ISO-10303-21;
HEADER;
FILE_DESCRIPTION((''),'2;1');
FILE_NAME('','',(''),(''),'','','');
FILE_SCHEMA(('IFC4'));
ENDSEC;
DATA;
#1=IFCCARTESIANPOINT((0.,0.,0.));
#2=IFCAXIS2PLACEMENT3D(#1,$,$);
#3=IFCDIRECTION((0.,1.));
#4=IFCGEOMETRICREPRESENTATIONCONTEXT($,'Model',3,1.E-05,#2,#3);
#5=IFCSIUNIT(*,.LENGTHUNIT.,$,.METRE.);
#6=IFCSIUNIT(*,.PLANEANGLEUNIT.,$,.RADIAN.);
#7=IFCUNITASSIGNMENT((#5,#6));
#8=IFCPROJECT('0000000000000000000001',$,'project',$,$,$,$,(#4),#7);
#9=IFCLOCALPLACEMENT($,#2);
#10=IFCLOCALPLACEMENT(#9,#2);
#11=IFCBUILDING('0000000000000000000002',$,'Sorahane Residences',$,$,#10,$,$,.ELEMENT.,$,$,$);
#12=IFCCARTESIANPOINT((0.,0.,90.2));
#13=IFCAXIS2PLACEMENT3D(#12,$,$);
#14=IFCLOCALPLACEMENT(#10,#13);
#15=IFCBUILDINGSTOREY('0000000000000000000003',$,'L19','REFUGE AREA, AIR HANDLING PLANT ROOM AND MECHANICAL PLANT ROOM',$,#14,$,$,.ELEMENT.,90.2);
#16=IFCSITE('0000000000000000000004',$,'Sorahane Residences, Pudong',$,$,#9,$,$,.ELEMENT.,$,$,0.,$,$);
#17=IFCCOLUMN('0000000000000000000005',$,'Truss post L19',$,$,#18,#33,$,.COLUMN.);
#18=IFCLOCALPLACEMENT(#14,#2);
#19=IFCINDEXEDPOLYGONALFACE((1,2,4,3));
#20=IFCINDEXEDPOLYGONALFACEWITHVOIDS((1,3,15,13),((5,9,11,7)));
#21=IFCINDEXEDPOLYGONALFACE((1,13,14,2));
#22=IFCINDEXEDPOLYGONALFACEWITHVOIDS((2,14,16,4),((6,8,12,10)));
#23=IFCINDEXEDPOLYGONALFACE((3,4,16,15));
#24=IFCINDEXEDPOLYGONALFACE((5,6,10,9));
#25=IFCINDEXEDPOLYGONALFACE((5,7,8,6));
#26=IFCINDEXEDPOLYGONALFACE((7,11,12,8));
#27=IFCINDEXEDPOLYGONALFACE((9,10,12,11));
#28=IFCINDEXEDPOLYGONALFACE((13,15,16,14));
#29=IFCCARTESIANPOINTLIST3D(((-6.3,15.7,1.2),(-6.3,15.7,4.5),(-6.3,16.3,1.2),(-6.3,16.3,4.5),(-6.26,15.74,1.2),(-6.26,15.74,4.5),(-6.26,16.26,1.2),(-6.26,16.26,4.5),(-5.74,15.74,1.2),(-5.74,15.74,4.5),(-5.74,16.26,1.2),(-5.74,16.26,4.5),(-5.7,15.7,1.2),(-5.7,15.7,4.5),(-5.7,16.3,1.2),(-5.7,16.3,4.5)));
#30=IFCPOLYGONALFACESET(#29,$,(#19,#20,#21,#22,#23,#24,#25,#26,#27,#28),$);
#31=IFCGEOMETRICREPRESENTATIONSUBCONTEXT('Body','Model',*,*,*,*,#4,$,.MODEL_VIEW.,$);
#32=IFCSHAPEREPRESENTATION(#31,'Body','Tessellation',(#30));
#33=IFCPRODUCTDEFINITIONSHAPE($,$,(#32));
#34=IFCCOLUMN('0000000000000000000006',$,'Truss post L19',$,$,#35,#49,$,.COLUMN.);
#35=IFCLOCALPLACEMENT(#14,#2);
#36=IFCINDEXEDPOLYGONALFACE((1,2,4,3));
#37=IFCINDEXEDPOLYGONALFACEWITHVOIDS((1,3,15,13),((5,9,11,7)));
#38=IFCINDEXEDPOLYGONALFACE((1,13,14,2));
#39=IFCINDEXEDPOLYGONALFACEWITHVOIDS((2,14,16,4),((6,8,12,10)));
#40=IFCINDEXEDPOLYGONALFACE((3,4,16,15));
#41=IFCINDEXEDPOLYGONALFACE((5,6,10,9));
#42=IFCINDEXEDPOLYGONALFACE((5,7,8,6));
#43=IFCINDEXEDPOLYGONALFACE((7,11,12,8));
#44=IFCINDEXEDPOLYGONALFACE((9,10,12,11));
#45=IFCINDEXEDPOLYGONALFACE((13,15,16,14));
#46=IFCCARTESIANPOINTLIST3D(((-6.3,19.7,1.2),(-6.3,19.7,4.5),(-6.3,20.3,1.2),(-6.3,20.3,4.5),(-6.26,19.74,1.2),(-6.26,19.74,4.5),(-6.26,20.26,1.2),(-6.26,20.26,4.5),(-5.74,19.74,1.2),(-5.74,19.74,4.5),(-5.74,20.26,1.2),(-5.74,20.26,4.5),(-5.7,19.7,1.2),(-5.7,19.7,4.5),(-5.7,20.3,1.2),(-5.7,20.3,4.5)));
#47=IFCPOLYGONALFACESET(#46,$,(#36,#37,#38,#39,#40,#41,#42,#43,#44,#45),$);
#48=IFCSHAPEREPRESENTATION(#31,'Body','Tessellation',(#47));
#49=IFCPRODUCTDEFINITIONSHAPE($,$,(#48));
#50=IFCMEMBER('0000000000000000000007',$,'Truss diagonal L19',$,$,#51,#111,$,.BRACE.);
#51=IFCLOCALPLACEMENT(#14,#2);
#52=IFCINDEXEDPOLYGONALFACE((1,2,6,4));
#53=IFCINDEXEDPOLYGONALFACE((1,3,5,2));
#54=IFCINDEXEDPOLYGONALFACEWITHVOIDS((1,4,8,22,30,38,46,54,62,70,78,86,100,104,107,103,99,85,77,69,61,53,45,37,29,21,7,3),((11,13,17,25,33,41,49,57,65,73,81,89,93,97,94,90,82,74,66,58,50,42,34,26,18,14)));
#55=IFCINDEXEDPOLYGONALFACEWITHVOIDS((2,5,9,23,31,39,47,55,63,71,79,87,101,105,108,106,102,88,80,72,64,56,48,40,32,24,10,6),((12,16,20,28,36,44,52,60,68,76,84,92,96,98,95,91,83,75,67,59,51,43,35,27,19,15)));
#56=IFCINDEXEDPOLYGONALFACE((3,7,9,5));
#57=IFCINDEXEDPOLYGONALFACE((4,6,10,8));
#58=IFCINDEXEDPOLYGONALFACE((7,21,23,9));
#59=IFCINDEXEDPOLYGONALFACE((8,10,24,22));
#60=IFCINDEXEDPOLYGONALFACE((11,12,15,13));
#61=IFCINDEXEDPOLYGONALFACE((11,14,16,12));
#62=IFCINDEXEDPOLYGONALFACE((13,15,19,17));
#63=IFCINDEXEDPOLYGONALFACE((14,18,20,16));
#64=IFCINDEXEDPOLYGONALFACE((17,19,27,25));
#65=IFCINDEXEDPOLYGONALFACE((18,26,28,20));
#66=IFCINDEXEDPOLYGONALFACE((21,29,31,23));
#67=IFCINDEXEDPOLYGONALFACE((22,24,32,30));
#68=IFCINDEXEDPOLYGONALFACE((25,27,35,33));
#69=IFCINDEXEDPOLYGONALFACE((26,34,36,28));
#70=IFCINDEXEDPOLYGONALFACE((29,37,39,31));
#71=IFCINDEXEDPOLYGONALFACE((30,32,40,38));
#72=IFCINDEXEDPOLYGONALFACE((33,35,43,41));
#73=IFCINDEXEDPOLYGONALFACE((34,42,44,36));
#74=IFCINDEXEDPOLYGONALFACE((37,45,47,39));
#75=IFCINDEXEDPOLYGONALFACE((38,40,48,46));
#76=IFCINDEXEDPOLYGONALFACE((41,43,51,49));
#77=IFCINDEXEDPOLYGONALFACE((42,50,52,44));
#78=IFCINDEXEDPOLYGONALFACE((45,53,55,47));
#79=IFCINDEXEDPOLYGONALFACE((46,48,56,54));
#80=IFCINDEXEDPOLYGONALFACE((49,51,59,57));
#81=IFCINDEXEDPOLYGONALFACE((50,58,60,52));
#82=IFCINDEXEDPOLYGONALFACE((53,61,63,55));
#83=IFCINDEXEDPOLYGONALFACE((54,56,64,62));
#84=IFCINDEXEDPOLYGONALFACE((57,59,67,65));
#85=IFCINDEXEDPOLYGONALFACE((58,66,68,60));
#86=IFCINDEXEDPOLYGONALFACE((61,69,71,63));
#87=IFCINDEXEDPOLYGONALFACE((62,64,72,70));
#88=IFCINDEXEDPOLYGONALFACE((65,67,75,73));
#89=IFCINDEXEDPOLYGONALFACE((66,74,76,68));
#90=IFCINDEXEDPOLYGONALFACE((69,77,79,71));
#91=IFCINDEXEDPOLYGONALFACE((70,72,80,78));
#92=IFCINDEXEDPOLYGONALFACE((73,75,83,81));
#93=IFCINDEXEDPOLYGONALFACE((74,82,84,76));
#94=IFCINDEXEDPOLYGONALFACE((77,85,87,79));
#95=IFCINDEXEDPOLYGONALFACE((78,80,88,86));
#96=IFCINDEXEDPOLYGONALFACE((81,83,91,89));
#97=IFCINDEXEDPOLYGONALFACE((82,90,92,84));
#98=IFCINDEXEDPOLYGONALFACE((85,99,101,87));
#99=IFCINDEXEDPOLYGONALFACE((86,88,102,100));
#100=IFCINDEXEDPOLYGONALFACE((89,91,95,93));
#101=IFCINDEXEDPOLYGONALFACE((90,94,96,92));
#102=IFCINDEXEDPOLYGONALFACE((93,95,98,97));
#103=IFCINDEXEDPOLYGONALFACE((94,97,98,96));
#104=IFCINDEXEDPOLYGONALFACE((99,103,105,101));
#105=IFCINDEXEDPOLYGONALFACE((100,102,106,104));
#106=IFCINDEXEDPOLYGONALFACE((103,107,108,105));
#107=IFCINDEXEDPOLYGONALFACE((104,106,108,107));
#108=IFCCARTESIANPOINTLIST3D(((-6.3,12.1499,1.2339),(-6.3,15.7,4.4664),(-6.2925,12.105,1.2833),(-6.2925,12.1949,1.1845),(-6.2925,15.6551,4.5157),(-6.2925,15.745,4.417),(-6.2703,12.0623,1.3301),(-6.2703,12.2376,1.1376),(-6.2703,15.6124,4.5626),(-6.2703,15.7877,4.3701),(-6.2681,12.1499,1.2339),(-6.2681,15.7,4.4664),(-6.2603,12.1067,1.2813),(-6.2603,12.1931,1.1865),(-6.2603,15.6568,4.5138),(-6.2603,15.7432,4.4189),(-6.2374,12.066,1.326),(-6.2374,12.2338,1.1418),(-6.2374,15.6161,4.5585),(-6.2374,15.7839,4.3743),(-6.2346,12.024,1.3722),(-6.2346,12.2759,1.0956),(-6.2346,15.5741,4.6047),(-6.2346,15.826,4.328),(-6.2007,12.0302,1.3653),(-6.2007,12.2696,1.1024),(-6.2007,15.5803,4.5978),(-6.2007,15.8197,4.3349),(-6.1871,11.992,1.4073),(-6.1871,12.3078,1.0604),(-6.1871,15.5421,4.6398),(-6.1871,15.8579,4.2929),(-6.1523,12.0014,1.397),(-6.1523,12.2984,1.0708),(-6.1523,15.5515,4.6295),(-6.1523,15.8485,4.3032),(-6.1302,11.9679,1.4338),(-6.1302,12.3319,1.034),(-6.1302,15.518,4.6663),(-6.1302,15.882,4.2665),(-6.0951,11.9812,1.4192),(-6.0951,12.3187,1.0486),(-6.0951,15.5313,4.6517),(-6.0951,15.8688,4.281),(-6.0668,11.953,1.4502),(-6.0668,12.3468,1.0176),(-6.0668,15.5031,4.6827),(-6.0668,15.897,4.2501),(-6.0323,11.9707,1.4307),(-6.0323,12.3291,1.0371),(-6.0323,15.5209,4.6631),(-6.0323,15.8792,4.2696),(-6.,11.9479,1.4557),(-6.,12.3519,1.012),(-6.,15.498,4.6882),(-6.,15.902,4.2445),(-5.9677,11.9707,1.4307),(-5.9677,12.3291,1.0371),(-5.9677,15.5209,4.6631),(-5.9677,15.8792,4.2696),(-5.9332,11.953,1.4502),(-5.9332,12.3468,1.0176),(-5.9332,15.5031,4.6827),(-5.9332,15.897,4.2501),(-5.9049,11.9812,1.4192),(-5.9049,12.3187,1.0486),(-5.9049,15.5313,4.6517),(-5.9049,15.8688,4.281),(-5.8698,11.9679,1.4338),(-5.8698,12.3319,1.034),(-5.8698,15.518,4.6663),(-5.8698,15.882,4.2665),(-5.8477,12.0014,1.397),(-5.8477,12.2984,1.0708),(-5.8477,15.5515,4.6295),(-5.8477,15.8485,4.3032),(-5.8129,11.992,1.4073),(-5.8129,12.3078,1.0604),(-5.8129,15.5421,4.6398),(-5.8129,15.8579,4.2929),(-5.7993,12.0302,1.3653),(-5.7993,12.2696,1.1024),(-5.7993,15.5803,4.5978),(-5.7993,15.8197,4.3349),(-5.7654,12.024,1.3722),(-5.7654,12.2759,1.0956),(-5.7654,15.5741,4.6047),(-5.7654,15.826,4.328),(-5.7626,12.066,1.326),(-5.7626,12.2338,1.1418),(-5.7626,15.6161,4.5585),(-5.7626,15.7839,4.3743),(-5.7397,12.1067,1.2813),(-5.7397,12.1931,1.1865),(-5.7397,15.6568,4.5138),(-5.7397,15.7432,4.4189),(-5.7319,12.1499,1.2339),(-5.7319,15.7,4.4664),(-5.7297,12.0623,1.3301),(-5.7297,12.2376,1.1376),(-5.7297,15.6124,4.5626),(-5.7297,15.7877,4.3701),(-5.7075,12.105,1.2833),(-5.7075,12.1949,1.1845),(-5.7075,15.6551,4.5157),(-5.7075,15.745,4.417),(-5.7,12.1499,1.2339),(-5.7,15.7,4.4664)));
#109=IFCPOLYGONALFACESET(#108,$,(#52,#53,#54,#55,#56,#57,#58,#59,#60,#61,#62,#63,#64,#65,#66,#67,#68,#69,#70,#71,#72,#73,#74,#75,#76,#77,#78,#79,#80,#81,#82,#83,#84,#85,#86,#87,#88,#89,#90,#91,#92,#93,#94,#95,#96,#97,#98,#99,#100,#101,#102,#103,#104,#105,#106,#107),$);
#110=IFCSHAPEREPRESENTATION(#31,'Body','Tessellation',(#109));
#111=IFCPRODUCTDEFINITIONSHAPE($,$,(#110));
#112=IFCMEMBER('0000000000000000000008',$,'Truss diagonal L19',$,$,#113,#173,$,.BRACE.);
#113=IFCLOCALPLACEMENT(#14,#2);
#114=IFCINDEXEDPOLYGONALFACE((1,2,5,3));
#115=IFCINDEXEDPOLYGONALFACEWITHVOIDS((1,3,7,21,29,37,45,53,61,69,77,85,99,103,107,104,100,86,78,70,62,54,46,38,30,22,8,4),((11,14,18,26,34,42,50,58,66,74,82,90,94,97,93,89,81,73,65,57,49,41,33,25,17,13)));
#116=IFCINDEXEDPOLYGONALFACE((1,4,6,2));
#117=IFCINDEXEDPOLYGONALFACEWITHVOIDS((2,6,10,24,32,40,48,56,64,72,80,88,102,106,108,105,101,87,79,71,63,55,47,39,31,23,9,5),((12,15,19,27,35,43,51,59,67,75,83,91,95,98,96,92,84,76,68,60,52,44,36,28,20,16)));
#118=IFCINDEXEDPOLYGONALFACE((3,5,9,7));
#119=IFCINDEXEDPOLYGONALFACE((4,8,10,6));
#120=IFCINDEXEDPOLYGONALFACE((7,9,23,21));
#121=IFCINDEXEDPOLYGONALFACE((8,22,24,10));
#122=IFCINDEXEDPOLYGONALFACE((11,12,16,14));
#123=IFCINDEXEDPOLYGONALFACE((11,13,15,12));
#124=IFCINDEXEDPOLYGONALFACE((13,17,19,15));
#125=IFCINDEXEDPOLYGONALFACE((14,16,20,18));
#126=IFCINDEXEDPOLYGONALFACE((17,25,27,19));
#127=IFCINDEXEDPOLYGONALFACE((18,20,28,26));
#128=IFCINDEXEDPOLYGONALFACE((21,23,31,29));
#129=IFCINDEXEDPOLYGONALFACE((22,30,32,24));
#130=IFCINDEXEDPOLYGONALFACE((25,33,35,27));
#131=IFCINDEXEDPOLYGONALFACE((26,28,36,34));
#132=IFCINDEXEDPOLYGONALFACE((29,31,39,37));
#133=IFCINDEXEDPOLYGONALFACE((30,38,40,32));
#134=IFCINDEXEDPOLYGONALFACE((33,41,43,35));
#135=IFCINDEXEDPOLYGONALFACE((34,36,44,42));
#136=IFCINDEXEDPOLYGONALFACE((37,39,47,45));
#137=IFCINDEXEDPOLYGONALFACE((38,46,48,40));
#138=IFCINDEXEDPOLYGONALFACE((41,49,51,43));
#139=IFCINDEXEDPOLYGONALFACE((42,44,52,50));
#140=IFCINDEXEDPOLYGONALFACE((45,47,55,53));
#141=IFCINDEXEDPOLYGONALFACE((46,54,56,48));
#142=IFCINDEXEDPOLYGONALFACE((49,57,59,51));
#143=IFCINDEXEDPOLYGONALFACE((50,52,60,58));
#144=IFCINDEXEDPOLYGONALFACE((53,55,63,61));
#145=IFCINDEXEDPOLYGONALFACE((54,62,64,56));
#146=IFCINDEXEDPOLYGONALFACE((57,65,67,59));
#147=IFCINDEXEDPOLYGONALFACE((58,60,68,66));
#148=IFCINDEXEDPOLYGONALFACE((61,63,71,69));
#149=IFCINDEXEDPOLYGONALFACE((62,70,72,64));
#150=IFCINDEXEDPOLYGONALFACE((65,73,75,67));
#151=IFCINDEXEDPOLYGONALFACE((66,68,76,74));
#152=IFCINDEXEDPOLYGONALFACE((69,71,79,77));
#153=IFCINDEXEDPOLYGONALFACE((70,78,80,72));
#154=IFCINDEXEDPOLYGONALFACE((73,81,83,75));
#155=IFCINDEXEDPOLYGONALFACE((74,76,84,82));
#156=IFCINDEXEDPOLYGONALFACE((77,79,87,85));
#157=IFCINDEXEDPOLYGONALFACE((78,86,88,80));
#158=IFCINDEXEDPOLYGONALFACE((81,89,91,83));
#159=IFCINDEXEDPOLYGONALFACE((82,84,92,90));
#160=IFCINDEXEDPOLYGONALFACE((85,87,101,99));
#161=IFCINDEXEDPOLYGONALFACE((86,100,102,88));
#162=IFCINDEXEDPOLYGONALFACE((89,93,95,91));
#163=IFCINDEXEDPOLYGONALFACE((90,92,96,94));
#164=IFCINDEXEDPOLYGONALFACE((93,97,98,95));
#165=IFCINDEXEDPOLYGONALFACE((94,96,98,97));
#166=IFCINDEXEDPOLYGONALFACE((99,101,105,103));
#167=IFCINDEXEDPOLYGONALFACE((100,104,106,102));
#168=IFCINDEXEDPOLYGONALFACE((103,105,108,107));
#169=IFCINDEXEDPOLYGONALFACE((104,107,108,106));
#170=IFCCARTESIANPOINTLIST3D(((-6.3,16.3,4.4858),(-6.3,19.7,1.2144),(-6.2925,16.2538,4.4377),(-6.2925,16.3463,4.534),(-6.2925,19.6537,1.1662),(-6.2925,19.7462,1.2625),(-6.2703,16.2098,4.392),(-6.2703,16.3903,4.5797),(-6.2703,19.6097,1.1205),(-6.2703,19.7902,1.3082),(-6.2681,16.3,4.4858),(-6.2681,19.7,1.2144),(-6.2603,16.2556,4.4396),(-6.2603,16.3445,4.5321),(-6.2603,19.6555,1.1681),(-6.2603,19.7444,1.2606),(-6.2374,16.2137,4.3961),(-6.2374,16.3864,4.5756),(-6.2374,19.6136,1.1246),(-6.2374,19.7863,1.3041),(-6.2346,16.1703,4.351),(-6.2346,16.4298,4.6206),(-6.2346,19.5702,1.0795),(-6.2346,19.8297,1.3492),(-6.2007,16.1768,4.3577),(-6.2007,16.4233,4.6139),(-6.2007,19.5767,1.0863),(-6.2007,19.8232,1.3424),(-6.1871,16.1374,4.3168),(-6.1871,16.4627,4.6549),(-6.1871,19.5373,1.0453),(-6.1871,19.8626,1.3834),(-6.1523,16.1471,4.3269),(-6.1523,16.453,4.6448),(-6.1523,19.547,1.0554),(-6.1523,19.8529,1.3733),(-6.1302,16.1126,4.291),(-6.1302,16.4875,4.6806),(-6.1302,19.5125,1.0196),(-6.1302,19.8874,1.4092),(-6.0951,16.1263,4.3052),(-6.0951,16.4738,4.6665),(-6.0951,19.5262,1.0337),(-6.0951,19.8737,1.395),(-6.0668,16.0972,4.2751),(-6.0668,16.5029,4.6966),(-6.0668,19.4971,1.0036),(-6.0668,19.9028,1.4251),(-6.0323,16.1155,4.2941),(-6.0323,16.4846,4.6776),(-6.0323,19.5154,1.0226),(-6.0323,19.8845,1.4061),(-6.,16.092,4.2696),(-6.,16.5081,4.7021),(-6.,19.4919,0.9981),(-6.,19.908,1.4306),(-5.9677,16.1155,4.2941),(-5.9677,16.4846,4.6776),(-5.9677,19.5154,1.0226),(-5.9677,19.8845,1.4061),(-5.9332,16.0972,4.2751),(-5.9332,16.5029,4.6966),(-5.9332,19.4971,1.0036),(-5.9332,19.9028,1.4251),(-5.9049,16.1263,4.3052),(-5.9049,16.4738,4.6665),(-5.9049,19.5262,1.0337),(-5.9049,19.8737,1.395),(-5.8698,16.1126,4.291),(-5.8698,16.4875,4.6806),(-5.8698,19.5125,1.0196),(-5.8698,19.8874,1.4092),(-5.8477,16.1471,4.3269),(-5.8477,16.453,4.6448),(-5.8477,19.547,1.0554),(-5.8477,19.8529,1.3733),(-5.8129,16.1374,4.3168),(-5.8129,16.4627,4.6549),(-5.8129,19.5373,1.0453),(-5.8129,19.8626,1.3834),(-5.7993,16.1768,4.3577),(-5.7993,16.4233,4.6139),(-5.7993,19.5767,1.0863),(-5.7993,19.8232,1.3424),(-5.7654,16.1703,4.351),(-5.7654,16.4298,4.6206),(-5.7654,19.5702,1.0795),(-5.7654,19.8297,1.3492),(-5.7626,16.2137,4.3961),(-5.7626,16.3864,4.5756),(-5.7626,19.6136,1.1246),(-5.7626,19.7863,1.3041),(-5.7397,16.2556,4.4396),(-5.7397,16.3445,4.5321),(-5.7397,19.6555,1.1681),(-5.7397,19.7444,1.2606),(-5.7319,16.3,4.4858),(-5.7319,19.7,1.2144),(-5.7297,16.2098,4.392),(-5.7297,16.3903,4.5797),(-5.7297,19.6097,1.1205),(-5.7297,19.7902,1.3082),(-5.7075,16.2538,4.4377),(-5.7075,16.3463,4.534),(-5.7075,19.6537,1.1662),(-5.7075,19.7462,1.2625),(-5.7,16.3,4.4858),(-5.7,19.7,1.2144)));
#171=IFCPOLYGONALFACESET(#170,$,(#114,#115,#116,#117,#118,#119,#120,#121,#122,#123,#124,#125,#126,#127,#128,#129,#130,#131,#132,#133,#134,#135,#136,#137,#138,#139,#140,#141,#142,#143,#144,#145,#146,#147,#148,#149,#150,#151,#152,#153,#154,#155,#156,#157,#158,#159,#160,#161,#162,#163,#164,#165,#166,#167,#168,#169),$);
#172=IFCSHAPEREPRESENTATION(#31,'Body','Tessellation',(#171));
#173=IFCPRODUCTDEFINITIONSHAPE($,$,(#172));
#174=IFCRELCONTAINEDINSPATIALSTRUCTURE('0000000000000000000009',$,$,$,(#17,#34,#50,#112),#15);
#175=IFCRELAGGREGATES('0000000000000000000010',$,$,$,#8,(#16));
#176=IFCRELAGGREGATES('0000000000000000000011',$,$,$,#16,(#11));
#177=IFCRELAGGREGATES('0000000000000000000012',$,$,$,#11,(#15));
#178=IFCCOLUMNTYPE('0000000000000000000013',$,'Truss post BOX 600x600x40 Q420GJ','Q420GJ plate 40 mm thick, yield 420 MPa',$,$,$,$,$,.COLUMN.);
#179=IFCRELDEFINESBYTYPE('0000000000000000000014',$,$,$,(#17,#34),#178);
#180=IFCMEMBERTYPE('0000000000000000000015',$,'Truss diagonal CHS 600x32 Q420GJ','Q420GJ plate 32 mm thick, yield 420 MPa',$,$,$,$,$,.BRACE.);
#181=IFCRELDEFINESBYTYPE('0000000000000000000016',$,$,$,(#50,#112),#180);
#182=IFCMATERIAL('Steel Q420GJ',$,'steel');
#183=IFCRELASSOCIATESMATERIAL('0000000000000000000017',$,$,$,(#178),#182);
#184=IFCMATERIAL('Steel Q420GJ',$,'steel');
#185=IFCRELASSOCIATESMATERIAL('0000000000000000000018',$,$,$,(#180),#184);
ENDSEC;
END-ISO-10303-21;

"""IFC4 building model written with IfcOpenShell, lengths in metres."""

from ifc_helpers import new_model, si_unit, direction, frame, origin, origin_2d, place, context, subcontext, project, spatial, hollow_rectangle, hollow_circle, extrude, material, material_profile, profile_set, type_object, element, save


model = new_model("IFC4")

# Units and contexts
model_context = context("Model", 3, precision=1e-05, world=origin(), true_north=direction((0.0, 1.0)))
body_context = subcontext(model_context, "Body", "Model", "MODEL_VIEW")
ifc_project = project(units=[si_unit("LENGTHUNIT", "METRE"), si_unit("PLANEANGLEUNIT", "RADIAN")], contexts=[model_context])

# Site, building, storey
site_placement = place(None, origin())
site = spatial("IfcSite", under=ifc_project, at=site_placement, Name="Sorahane Residences, Pudong", CompositionType="ELEMENT", RefElevation=0.0)
building_placement = place(site_placement, origin())
building = spatial("IfcBuilding", under=site, at=building_placement, Name="Sorahane Residences", CompositionType="ELEMENT")
storey_placement = place(building_placement, frame((0.0, 0.0, 90.2)))
storey = spatial("IfcBuildingStorey", under=building, at=storey_placement, Name="L19", Description="REFUGE AREA, AIR HANDLING PLANT ROOM AND MECHANICAL PLANT ROOM", CompositionType="ELEMENT", Elevation=90.2)

# Columns
ifc_material_1 = material(Name="Steel Q420GJ", Category="steel")
ifc_material_profile_1 = material_profile(ifc_material_1, hollow_rectangle(XDim=0.6001, YDim=0.6001, WallThickness=0.04, at=origin_2d()), Name="BOX 600x600x40")
ifc_profile_set_1 = profile_set([ifc_material_profile_1], Name="Steel Q420GJ")
column_type = type_object("IfcColumnType", Name="Truss post BOX 600x600x40 Q420GJ", Description="Q420GJ plate 40 mm thick, yield 420 MPa", PredefinedType="COLUMN", material=ifc_profile_set_1)
for number, where, z_axis, x_axis, name in (
    (1, (-6.0, 16.0, 1.2), (0.0, 0.0, 1.0), (1.0, 0.0, 0.0), "Truss post L19"),
    (2, (-6.0, 20.0, 1.2), (0.0, 0.0, 1.0), (1.0, 0.0, 0.0), "Truss post L19"),
):
    element("IfcColumn", number, at=place(storey_placement, frame(where, z_axis=z_axis, x_axis=x_axis)), inside=storey, type_object=column_type, Name=name, PredefinedType="COLUMN", context=body_context, shape_type="SweptSolid", body=[
        extrude(hollow_rectangle(XDim=0.6001, YDim=0.6001, WallThickness=0.04, at=origin_2d()), origin(), (0.0, 0.0, 1.0), 3.3),
    ])

# Members
ifc_material_2 = material(Name="Steel Q420GJ", Category="steel")
ifc_material_profile_2 = material_profile(ifc_material_2, hollow_circle(Radius=0.3, WallThickness=0.032, at=origin_2d()), Name="CHS 600x32")
ifc_profile_set_2 = profile_set([ifc_material_profile_2], Name="Steel Q420GJ")
member_type = type_object("IfcMemberType", Name="Truss diagonal CHS 600x32 Q420GJ", Description="Q420GJ plate 32 mm thick, yield 420 MPa", PredefinedType="BRACE", material=ifc_profile_set_2)
member_1_placement = place(storey_placement, frame((-6.0, 12.1499, 1.2339), z_axis=(0.0, 0.739411, 0.673255), x_axis=(-1.0, 0.0, 0.0)))
element("IfcMember", 3, at=member_1_placement, inside=storey, type_object=member_type, Name="Truss diagonal L19", PredefinedType="BRACE", context=body_context, shape_type="SweptSolid", body=[
    extrude(hollow_circle(Radius=0.3, WallThickness=0.032, at=origin_2d()), origin(), (0.0, 0.0, 1.0), 4.8013),
])
member_2_placement = place(storey_placement, frame((-6.0, 16.3, 4.4858), z_axis=(0.0, 0.720584, -0.693367), x_axis=(-1.0, 0.0, 0.0)))
element("IfcMember", 4, at=member_2_placement, inside=storey, type_object=member_type, Name="Truss diagonal L19", PredefinedType="BRACE", context=body_context, shape_type="SweptSolid", body=[
    extrude(hollow_circle(Radius=0.3, WallThickness=0.032, at=origin_2d()), origin(), (0.0, 0.0, 1.0), 4.7183),
])

save(model, "model.ifc")
